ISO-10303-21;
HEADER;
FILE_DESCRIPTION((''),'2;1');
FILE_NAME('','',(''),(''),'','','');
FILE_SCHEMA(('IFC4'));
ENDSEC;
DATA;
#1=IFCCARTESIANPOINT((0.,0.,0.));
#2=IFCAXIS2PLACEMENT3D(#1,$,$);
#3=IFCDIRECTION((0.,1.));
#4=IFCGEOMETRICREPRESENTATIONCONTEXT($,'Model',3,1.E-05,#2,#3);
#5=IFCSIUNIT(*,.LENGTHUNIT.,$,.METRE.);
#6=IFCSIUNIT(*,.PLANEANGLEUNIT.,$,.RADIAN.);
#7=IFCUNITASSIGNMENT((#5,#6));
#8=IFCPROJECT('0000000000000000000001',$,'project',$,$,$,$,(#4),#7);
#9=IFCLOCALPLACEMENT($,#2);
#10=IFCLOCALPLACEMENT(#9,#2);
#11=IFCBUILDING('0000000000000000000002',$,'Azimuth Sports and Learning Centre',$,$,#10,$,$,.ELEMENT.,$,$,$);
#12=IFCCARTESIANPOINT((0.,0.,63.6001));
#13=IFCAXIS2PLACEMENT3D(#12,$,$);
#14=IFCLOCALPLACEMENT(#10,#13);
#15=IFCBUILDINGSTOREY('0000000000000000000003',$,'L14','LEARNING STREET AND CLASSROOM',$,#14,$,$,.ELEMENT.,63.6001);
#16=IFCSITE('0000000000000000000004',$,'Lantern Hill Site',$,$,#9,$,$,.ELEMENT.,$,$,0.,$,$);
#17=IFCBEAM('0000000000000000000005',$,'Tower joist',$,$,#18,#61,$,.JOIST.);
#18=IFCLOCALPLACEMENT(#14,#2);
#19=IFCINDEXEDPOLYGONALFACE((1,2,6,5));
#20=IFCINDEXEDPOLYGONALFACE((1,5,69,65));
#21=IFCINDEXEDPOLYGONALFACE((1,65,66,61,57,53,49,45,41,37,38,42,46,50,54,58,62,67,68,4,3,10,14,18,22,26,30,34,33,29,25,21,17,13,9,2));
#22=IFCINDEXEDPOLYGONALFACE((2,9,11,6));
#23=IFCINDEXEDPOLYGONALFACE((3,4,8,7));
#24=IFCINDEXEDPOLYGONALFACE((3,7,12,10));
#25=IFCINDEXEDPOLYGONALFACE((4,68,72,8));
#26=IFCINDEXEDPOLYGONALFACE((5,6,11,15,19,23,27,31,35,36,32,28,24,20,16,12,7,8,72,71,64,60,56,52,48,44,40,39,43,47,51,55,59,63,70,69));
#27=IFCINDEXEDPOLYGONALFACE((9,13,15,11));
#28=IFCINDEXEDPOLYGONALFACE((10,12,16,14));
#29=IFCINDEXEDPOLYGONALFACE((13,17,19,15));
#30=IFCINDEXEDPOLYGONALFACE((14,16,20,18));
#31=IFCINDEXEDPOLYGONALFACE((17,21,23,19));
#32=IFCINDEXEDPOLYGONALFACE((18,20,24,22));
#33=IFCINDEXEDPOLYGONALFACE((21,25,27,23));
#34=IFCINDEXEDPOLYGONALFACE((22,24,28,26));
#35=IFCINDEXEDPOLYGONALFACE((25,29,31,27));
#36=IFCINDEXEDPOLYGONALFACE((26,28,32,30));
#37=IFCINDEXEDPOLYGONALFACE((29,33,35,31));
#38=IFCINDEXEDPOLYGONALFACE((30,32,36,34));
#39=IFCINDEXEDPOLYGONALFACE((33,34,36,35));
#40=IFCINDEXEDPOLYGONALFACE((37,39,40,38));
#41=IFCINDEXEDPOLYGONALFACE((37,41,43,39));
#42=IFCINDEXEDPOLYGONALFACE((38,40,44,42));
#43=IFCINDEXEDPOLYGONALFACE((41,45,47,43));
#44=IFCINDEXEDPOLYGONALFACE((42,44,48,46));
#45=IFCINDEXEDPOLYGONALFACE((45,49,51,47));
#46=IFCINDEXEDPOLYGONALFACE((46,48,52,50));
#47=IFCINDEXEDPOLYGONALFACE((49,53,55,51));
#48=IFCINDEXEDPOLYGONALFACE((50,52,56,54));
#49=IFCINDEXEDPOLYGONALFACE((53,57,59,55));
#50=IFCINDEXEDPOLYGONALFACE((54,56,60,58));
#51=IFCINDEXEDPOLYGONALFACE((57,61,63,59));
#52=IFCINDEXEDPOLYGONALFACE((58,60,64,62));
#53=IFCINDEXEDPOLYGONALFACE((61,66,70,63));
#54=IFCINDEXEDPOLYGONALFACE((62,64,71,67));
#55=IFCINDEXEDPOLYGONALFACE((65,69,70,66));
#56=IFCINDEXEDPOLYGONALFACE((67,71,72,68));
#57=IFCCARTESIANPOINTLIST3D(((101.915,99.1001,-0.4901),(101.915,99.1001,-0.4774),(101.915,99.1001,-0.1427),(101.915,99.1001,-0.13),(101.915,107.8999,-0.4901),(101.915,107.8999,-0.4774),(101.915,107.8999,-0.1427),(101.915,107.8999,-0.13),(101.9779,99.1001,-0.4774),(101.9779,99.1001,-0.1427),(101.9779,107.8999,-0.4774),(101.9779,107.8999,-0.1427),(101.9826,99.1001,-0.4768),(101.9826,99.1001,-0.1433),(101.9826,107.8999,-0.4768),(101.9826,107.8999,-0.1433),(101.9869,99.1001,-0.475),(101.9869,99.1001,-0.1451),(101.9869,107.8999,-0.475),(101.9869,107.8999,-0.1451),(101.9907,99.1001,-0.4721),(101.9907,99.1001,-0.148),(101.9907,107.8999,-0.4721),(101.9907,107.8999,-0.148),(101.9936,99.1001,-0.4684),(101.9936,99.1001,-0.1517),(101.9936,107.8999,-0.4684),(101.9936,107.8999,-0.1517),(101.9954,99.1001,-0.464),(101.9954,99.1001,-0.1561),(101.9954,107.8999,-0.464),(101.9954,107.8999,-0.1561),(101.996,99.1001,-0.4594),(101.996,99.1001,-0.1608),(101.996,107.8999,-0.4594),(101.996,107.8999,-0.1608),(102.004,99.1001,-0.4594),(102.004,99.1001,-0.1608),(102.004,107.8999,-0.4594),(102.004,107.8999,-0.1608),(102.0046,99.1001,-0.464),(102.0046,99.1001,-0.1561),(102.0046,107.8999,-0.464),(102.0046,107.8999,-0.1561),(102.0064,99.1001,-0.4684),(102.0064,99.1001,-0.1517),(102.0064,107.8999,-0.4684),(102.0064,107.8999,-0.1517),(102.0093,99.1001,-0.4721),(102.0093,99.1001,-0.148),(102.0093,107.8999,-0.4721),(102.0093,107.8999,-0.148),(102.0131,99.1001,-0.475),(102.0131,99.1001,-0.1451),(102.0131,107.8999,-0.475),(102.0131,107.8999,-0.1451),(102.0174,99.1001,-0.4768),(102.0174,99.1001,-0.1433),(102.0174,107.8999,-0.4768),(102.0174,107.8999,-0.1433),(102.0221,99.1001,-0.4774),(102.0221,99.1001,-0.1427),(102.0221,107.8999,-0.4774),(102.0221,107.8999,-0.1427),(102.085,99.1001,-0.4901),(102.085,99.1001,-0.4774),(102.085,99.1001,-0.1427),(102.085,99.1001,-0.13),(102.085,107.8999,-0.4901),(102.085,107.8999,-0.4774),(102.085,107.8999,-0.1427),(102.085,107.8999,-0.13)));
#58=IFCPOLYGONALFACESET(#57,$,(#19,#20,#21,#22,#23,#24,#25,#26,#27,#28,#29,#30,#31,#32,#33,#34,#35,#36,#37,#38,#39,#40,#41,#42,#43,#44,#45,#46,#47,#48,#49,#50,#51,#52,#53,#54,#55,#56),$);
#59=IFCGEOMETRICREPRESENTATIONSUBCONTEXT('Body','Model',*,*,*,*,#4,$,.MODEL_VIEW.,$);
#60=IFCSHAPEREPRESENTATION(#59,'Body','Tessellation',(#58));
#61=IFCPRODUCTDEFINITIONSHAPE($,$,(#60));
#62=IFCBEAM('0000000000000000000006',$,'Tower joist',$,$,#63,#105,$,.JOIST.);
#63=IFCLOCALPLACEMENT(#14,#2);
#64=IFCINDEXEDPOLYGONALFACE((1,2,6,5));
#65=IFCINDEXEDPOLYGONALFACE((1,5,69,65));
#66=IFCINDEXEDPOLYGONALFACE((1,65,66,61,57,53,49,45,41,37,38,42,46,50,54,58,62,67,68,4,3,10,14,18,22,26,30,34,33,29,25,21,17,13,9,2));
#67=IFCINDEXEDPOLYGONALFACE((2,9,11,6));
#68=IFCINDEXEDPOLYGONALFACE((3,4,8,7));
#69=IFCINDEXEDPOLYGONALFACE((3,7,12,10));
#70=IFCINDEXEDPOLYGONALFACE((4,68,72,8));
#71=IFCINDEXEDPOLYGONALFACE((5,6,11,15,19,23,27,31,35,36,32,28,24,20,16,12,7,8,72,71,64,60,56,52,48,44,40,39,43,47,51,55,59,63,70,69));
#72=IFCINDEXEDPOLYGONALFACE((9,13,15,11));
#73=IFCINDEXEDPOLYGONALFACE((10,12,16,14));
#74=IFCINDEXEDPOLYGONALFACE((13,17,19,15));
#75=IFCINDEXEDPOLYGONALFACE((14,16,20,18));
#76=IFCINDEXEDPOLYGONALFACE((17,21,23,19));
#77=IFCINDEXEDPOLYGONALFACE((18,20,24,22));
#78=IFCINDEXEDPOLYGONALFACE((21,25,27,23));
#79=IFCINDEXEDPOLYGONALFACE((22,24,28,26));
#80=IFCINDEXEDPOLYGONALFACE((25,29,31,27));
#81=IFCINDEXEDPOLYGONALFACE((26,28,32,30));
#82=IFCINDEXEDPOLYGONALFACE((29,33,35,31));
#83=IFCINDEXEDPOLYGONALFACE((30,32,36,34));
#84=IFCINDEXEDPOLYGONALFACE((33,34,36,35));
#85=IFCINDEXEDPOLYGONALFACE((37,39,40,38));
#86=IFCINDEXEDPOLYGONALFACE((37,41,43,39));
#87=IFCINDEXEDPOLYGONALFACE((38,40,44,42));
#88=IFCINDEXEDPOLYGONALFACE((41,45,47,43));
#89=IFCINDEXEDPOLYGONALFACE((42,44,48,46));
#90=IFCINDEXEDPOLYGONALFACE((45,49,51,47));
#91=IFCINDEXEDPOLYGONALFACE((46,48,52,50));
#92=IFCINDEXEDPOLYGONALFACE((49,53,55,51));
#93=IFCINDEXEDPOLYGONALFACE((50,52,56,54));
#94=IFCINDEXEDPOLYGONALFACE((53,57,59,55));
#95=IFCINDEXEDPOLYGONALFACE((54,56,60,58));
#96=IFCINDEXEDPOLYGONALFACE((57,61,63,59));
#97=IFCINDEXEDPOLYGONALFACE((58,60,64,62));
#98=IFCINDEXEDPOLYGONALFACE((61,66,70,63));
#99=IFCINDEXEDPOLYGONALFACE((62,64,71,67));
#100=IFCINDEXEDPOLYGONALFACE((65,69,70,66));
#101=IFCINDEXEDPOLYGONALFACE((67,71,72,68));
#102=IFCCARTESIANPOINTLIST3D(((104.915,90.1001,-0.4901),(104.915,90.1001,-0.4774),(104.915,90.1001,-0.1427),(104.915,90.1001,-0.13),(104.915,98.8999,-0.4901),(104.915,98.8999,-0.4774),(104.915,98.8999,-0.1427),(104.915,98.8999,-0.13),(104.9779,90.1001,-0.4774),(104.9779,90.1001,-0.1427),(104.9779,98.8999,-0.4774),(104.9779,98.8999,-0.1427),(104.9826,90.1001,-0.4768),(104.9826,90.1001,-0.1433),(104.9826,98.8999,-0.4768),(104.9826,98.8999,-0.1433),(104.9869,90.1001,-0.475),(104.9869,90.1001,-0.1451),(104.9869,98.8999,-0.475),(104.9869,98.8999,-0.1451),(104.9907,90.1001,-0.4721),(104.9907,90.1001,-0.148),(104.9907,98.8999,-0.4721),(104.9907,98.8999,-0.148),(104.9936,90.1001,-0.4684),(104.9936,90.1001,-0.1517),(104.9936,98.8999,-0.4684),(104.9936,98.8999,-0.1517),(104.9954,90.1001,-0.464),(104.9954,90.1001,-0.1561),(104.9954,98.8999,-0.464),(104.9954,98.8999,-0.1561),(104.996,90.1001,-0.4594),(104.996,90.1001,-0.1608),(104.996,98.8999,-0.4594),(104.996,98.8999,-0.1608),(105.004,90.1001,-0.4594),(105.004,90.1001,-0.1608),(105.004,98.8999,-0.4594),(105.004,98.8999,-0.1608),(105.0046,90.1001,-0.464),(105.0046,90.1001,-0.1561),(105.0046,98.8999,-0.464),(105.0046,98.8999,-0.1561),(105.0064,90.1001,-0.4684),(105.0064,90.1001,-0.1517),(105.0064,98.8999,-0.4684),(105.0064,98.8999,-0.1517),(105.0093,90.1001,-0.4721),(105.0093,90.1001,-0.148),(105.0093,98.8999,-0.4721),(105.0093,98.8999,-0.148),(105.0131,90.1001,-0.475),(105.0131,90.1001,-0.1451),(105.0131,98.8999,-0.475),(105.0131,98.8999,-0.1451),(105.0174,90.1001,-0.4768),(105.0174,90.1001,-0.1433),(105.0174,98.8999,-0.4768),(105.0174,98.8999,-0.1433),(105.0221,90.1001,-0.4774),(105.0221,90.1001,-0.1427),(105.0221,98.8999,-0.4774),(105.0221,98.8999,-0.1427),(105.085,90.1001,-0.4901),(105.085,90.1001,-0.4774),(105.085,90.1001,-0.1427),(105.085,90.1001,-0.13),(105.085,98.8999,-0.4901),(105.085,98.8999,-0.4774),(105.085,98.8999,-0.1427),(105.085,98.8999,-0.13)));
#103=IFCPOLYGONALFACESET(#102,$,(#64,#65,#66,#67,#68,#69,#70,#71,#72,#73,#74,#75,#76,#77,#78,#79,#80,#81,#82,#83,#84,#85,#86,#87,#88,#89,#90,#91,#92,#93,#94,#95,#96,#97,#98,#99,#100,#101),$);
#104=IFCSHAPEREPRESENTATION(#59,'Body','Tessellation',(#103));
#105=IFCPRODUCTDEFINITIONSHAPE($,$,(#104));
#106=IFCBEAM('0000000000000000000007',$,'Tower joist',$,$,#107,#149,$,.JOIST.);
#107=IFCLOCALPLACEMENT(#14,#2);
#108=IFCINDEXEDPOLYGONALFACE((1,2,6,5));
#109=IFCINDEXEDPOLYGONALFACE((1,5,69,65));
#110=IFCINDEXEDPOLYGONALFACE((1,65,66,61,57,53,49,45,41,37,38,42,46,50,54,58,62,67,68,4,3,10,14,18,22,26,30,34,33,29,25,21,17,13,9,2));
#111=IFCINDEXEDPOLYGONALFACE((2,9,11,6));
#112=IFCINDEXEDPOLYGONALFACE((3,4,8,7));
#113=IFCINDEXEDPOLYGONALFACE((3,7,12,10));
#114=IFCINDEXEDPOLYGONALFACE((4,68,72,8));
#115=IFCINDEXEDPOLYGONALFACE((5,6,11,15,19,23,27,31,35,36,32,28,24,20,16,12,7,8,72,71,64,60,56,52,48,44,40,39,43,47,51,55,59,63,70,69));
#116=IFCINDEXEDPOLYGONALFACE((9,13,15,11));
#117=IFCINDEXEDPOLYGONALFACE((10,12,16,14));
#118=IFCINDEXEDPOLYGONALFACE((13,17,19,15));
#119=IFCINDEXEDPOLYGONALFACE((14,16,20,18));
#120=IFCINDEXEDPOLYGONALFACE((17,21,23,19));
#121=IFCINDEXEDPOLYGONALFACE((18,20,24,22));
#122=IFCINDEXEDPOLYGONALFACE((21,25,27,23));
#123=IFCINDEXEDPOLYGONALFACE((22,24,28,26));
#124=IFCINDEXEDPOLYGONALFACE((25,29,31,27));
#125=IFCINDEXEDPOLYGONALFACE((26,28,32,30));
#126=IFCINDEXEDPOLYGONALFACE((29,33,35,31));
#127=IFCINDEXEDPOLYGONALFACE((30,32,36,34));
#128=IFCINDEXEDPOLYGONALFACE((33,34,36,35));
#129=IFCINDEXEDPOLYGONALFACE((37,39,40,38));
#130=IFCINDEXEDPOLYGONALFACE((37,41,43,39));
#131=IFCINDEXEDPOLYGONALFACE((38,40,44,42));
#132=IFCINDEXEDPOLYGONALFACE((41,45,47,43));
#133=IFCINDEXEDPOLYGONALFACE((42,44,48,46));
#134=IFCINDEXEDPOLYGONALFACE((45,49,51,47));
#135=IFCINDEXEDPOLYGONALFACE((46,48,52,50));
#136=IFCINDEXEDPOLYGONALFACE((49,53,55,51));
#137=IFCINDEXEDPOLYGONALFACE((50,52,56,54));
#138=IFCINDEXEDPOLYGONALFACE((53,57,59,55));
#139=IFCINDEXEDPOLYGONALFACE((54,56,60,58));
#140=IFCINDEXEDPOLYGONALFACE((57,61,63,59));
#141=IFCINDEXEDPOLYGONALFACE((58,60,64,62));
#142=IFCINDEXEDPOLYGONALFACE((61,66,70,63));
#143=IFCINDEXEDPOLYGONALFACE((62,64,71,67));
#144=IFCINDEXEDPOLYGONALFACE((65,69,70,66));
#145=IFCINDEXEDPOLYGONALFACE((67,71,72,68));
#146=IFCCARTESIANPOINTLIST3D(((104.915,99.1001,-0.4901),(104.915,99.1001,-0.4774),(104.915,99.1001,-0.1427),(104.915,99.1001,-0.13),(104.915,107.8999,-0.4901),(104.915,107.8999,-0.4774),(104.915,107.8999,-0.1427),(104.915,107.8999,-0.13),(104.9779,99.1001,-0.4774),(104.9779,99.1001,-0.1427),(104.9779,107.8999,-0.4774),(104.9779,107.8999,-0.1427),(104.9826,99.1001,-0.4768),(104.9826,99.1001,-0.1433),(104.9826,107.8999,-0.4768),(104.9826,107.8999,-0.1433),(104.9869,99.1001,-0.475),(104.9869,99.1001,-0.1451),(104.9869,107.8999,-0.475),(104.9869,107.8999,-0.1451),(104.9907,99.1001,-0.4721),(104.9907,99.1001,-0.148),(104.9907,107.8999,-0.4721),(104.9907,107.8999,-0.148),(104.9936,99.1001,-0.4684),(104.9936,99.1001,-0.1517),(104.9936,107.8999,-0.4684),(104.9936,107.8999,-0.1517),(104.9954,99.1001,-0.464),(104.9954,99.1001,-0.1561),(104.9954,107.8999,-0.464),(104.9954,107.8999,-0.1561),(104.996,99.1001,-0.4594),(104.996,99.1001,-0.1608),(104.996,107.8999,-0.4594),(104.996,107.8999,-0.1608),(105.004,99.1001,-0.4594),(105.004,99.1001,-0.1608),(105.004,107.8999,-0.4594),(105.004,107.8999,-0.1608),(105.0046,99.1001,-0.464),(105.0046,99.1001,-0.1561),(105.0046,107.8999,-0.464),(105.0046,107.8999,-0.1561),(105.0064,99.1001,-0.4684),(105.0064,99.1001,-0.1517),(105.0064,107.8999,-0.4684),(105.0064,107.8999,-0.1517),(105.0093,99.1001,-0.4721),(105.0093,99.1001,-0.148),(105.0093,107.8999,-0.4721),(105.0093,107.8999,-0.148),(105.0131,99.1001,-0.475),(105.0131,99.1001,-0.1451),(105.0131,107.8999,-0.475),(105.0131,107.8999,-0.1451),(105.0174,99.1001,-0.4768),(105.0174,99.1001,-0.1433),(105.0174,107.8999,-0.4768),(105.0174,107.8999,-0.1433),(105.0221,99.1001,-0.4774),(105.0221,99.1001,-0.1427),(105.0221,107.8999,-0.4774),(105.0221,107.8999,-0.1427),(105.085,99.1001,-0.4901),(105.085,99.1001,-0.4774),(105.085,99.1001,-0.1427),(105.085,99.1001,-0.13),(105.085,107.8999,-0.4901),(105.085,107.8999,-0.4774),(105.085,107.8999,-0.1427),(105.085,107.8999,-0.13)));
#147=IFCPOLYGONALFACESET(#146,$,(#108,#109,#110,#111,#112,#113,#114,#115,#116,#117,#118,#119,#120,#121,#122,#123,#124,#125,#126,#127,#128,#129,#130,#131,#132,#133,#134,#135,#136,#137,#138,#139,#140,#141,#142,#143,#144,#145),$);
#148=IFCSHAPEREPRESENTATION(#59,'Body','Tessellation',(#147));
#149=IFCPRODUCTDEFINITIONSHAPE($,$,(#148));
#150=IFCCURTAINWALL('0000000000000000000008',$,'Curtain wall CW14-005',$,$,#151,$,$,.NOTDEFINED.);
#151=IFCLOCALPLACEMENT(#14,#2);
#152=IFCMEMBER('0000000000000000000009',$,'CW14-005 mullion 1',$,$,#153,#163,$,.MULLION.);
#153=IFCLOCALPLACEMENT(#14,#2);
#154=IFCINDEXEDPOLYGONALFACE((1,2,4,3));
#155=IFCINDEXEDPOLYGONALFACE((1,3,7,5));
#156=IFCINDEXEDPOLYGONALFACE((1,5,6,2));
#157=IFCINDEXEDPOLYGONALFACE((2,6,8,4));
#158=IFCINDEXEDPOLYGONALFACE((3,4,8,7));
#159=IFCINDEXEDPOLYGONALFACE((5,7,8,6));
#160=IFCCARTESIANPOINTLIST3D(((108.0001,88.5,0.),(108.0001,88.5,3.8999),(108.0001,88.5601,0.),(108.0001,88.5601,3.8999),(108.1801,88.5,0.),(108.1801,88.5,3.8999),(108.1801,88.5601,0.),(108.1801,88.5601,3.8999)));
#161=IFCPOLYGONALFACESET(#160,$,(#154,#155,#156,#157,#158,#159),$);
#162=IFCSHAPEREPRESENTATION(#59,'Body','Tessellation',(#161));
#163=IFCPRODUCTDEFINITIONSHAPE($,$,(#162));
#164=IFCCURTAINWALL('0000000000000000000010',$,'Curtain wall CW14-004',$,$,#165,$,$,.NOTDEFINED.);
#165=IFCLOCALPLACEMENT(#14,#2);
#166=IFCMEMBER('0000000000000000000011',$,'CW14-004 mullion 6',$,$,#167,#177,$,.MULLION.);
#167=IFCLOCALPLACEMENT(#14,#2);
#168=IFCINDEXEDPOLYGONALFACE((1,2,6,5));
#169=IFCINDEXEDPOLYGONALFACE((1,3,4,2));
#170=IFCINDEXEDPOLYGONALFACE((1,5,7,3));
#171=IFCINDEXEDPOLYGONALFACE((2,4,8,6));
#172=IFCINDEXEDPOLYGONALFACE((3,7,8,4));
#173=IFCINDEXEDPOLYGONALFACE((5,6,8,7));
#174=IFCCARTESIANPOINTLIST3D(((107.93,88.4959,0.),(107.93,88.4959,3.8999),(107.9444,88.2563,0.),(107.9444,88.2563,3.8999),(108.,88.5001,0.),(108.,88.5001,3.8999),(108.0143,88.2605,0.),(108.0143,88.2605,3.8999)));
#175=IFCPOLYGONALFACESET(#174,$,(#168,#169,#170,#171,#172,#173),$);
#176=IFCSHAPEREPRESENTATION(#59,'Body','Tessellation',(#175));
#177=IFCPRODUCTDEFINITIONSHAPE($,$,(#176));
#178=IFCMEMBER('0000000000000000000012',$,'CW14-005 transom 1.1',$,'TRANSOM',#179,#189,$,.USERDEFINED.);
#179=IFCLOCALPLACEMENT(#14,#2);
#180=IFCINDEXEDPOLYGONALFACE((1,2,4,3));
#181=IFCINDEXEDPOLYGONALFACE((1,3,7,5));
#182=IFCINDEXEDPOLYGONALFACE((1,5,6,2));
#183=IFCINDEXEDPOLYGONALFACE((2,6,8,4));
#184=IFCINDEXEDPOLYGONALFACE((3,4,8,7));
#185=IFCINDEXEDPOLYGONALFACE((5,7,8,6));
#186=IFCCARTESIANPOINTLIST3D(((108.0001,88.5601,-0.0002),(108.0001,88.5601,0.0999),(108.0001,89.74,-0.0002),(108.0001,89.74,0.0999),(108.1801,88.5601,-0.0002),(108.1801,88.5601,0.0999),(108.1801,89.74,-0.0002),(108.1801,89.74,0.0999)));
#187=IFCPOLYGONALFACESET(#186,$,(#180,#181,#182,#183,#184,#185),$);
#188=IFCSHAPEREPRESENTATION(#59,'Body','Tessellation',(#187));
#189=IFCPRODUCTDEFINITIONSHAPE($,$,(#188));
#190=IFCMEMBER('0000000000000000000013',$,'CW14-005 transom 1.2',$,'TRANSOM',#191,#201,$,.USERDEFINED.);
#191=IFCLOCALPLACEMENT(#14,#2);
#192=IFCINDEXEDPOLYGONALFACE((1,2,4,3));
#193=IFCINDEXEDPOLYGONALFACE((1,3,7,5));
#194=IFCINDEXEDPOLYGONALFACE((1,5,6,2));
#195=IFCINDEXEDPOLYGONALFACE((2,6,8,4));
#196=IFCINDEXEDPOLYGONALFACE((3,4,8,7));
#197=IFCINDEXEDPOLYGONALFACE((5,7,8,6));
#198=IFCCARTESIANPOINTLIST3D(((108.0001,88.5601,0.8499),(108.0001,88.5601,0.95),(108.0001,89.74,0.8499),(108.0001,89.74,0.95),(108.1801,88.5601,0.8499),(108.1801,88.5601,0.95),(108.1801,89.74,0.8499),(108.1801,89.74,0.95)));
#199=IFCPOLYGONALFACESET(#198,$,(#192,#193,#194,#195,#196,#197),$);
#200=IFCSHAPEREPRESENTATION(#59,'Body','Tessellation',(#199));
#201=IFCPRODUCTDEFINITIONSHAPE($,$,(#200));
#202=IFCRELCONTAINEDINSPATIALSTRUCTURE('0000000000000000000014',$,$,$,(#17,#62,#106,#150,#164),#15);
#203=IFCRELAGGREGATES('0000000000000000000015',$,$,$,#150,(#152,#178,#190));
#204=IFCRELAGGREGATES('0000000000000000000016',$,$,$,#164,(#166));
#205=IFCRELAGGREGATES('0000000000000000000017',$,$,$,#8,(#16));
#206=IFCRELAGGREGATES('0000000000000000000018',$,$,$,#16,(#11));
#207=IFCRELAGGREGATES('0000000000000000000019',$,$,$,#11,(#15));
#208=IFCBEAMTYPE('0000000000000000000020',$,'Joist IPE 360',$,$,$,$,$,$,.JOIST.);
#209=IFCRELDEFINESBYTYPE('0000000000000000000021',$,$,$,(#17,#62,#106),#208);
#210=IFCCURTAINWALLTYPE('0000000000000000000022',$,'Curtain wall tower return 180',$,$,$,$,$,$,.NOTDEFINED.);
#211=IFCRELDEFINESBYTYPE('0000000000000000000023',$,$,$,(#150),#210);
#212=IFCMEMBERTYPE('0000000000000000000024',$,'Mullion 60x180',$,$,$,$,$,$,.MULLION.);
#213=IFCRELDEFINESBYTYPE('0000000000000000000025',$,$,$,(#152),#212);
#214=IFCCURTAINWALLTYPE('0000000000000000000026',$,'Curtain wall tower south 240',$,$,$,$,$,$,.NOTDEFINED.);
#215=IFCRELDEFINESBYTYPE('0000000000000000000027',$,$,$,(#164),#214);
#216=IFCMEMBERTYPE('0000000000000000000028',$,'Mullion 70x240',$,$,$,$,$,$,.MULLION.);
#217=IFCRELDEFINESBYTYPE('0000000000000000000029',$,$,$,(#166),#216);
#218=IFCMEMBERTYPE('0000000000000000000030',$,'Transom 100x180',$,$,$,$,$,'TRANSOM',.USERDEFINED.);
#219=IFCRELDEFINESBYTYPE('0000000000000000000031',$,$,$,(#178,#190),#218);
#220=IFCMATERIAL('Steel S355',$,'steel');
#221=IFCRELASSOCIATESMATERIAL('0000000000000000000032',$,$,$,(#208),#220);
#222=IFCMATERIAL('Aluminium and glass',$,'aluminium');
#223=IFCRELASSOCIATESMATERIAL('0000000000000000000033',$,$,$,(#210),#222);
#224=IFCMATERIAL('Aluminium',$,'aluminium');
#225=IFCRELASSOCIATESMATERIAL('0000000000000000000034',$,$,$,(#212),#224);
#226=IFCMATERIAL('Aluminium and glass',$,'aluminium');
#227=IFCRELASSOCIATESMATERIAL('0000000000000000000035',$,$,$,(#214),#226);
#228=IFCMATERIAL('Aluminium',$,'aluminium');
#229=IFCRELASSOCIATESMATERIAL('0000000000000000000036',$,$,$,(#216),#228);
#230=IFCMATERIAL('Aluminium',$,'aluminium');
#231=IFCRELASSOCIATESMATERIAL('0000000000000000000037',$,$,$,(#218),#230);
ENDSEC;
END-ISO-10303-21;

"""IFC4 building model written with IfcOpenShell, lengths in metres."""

from ifc_helpers import new_model, si_unit, direction, frame, origin, origin_2d, place, context, subcontext, project, spatial, rectangle, i_section, extrude, material, material_profile, profile_set, type_object, element, aggregate, save


model = new_model("IFC4")

# Units and contexts
model_context = context("Model", 3, precision=1e-05, world=origin(), true_north=direction((0.0, 1.0)))
body_context = subcontext(model_context, "Body", "Model", "MODEL_VIEW")
ifc_project = project(units=[si_unit("LENGTHUNIT", "METRE"), si_unit("PLANEANGLEUNIT", "RADIAN")], contexts=[model_context])

# Site, building, storey
site_placement = place(None, origin())
site = spatial("IfcSite", under=ifc_project, at=site_placement, Name="Lantern Hill Site", CompositionType="ELEMENT", RefElevation=0.0)
building_placement = place(site_placement, origin())
building = spatial("IfcBuilding", under=site, at=building_placement, Name="Azimuth Sports and Learning Centre", CompositionType="ELEMENT")
storey_placement = place(building_placement, frame((0.0, 0.0, 63.6001)))
storey = spatial("IfcBuildingStorey", under=building, at=storey_placement, Name="L14", Description="LEARNING STREET AND CLASSROOM", CompositionType="ELEMENT", Elevation=63.6001)

# Beams
ifc_material_1 = material(Name="Steel S355", Category="steel")
ifc_material_profile_1 = material_profile(ifc_material_1, i_section(OverallWidth=0.1699, OverallDepth=0.3601, WebThickness=0.0081, FlangeThickness=0.0127, FilletRadius=0.0181, at=origin_2d()), Name="IPE 360")
ifc_profile_set_1 = profile_set([ifc_material_profile_1], Name="Steel S355")
beam_type_1 = type_object("IfcBeamType", Name="Joist IPE 360", PredefinedType="JOIST", material=ifc_profile_set_1)
for number, where, z_axis, x_axis, name in (
    (1, (102.0, 99.1001, -0.3101), (0.0, 1.0, 0.0), (-1.0, 0.0, 0.0), "Tower joist"),
    (2, (105.0, 90.1001, -0.3101), (0.0, 1.0, 0.0), (-1.0, 0.0, 0.0), "Tower joist"),
    (3, (105.0, 99.1001, -0.3101), (0.0, 1.0, 0.0), (-1.0, 0.0, 0.0), "Tower joist"),
):
    element("IfcBeam", number, at=place(storey_placement, frame(where, z_axis=z_axis, x_axis=x_axis)), inside=storey, type_object=beam_type_1, Name=name, PredefinedType="JOIST", context=body_context, shape_type="SweptSolid", body=[
        extrude(i_section(OverallWidth=0.1699, OverallDepth=0.3601, WebThickness=0.0081, FlangeThickness=0.0127, FilletRadius=0.0181, at=origin_2d()), origin(), (0.0, 0.0, 1.0), 8.7998),
    ])

# Curtain walls, members
ifc_material_2 = material(Name="Aluminium and glass", Category="aluminium")
curtain_wall_type_1 = type_object("IfcCurtainWallType", Name="Curtain wall tower return 180", PredefinedType="NOTDEFINED", material=ifc_material_2)
curtain_wall_1_placement = place(storey_placement, origin())
curtain_wall_1 = element("IfcCurtainWall", 4, at=curtain_wall_1_placement, inside=storey, type_object=curtain_wall_type_1, Name="Curtain wall CW14-005", PredefinedType="NOTDEFINED")
ifc_material_3 = material(Name="Aluminium", Category="aluminium")
ifc_material_profile_2 = material_profile(ifc_material_3, rectangle(XDim=0.1799, YDim=0.0601, at=origin_2d()), Name="Mullion 60x180")
ifc_profile_set_2 = profile_set([ifc_material_profile_2], Name="Aluminium")
member_type_1 = type_object("IfcMemberType", Name="Mullion 60x180", PredefinedType="MULLION", material=ifc_profile_set_2)
member_1_placement = place(storey_placement, frame((108.0901, 88.53, 0.0), z_axis=(0.0, 0.0, 1.0), x_axis=(-1.0, 0.0, 0.0)))
member_1 = element("IfcMember", 5, at=member_1_placement, type_object=member_type_1, Name="CW14-005 mullion 1", PredefinedType="MULLION", context=body_context, shape_type="SweptSolid", body=[
    extrude(rectangle(XDim=0.1799, YDim=0.0601, at=origin_2d()), origin(), (0.0, 0.0, 1.0), 3.8999),
])
ifc_material_4 = material(Name="Aluminium and glass", Category="aluminium")
curtain_wall_type_2 = type_object("IfcCurtainWallType", Name="Curtain wall tower south 240", PredefinedType="NOTDEFINED", material=ifc_material_4)
curtain_wall_2_placement = place(storey_placement, origin())
curtain_wall_2 = element("IfcCurtainWall", 6, at=curtain_wall_2_placement, inside=storey, type_object=curtain_wall_type_2, Name="Curtain wall CW14-004", PredefinedType="NOTDEFINED")
ifc_material_5 = material(Name="Aluminium", Category="aluminium")
ifc_material_profile_3 = material_profile(ifc_material_5, rectangle(XDim=0.24, YDim=0.0701, at=origin_2d()), Name="Mullion 70x240")
ifc_profile_set_3 = profile_set([ifc_material_profile_3], Name="Aluminium")
member_type_2 = type_object("IfcMemberType", Name="Mullion 70x240", PredefinedType="MULLION", material=ifc_profile_set_3)
member_2_placement = place(storey_placement, frame((107.9722, 88.3782, 0.0), z_axis=(0.0, 0.0, 1.0), x_axis=(-0.059892, 0.998205, 0.0)))
member_2 = element("IfcMember", 7, at=member_2_placement, type_object=member_type_2, Name="CW14-004 mullion 6", PredefinedType="MULLION", context=body_context, shape_type="SweptSolid", body=[
    extrude(rectangle(XDim=0.24, YDim=0.0701, at=origin_2d()), origin(), (0.0, 0.0, 1.0), 3.8999),
])

# Members
ifc_material_6 = material(Name="Aluminium", Category="aluminium")
ifc_material_profile_4 = material_profile(ifc_material_6, rectangle(XDim=0.1799, YDim=0.1001, at=origin_2d()), Name="Transom 100x180")
ifc_profile_set_4 = profile_set([ifc_material_profile_4], Name="Aluminium")
member_type_3 = type_object("IfcMemberType", Name="Transom 100x180", ElementType="TRANSOM", PredefinedType="USERDEFINED", material=ifc_profile_set_4)
member_3_placement = place(storey_placement, frame((108.0901, 88.5601, 0.0498), z_axis=(0.0, 1.0, 0.0), x_axis=(-1.0, 0.0, 0.0)))
member_3 = element("IfcMember", 8, at=member_3_placement, type_object=member_type_3, Name="CW14-005 transom 1.1", ObjectType="TRANSOM", PredefinedType="USERDEFINED", context=body_context, shape_type="SweptSolid", body=[
    extrude(rectangle(XDim=0.1799, YDim=0.1001, at=origin_2d()), origin(), (0.0, 0.0, 1.0), 1.1799),
])
member_4_placement = place(storey_placement, frame((108.0901, 88.5601, 0.8999), z_axis=(0.0, 1.0, 0.0), x_axis=(-1.0, 0.0, 0.0)))
member_4 = element("IfcMember", 9, at=member_4_placement, type_object=member_type_3, Name="CW14-005 transom 1.2", ObjectType="TRANSOM", PredefinedType="USERDEFINED", context=body_context, shape_type="SweptSolid", body=[
    extrude(rectangle(XDim=0.1799, YDim=0.1001, at=origin_2d()), origin(), (0.0, 0.0, 1.0), 1.1799),
])
aggregate(curtain_wall_1, [member_1, member_3, member_4])

aggregate(curtain_wall_2, [member_2])

save(model, "model.ifc")
